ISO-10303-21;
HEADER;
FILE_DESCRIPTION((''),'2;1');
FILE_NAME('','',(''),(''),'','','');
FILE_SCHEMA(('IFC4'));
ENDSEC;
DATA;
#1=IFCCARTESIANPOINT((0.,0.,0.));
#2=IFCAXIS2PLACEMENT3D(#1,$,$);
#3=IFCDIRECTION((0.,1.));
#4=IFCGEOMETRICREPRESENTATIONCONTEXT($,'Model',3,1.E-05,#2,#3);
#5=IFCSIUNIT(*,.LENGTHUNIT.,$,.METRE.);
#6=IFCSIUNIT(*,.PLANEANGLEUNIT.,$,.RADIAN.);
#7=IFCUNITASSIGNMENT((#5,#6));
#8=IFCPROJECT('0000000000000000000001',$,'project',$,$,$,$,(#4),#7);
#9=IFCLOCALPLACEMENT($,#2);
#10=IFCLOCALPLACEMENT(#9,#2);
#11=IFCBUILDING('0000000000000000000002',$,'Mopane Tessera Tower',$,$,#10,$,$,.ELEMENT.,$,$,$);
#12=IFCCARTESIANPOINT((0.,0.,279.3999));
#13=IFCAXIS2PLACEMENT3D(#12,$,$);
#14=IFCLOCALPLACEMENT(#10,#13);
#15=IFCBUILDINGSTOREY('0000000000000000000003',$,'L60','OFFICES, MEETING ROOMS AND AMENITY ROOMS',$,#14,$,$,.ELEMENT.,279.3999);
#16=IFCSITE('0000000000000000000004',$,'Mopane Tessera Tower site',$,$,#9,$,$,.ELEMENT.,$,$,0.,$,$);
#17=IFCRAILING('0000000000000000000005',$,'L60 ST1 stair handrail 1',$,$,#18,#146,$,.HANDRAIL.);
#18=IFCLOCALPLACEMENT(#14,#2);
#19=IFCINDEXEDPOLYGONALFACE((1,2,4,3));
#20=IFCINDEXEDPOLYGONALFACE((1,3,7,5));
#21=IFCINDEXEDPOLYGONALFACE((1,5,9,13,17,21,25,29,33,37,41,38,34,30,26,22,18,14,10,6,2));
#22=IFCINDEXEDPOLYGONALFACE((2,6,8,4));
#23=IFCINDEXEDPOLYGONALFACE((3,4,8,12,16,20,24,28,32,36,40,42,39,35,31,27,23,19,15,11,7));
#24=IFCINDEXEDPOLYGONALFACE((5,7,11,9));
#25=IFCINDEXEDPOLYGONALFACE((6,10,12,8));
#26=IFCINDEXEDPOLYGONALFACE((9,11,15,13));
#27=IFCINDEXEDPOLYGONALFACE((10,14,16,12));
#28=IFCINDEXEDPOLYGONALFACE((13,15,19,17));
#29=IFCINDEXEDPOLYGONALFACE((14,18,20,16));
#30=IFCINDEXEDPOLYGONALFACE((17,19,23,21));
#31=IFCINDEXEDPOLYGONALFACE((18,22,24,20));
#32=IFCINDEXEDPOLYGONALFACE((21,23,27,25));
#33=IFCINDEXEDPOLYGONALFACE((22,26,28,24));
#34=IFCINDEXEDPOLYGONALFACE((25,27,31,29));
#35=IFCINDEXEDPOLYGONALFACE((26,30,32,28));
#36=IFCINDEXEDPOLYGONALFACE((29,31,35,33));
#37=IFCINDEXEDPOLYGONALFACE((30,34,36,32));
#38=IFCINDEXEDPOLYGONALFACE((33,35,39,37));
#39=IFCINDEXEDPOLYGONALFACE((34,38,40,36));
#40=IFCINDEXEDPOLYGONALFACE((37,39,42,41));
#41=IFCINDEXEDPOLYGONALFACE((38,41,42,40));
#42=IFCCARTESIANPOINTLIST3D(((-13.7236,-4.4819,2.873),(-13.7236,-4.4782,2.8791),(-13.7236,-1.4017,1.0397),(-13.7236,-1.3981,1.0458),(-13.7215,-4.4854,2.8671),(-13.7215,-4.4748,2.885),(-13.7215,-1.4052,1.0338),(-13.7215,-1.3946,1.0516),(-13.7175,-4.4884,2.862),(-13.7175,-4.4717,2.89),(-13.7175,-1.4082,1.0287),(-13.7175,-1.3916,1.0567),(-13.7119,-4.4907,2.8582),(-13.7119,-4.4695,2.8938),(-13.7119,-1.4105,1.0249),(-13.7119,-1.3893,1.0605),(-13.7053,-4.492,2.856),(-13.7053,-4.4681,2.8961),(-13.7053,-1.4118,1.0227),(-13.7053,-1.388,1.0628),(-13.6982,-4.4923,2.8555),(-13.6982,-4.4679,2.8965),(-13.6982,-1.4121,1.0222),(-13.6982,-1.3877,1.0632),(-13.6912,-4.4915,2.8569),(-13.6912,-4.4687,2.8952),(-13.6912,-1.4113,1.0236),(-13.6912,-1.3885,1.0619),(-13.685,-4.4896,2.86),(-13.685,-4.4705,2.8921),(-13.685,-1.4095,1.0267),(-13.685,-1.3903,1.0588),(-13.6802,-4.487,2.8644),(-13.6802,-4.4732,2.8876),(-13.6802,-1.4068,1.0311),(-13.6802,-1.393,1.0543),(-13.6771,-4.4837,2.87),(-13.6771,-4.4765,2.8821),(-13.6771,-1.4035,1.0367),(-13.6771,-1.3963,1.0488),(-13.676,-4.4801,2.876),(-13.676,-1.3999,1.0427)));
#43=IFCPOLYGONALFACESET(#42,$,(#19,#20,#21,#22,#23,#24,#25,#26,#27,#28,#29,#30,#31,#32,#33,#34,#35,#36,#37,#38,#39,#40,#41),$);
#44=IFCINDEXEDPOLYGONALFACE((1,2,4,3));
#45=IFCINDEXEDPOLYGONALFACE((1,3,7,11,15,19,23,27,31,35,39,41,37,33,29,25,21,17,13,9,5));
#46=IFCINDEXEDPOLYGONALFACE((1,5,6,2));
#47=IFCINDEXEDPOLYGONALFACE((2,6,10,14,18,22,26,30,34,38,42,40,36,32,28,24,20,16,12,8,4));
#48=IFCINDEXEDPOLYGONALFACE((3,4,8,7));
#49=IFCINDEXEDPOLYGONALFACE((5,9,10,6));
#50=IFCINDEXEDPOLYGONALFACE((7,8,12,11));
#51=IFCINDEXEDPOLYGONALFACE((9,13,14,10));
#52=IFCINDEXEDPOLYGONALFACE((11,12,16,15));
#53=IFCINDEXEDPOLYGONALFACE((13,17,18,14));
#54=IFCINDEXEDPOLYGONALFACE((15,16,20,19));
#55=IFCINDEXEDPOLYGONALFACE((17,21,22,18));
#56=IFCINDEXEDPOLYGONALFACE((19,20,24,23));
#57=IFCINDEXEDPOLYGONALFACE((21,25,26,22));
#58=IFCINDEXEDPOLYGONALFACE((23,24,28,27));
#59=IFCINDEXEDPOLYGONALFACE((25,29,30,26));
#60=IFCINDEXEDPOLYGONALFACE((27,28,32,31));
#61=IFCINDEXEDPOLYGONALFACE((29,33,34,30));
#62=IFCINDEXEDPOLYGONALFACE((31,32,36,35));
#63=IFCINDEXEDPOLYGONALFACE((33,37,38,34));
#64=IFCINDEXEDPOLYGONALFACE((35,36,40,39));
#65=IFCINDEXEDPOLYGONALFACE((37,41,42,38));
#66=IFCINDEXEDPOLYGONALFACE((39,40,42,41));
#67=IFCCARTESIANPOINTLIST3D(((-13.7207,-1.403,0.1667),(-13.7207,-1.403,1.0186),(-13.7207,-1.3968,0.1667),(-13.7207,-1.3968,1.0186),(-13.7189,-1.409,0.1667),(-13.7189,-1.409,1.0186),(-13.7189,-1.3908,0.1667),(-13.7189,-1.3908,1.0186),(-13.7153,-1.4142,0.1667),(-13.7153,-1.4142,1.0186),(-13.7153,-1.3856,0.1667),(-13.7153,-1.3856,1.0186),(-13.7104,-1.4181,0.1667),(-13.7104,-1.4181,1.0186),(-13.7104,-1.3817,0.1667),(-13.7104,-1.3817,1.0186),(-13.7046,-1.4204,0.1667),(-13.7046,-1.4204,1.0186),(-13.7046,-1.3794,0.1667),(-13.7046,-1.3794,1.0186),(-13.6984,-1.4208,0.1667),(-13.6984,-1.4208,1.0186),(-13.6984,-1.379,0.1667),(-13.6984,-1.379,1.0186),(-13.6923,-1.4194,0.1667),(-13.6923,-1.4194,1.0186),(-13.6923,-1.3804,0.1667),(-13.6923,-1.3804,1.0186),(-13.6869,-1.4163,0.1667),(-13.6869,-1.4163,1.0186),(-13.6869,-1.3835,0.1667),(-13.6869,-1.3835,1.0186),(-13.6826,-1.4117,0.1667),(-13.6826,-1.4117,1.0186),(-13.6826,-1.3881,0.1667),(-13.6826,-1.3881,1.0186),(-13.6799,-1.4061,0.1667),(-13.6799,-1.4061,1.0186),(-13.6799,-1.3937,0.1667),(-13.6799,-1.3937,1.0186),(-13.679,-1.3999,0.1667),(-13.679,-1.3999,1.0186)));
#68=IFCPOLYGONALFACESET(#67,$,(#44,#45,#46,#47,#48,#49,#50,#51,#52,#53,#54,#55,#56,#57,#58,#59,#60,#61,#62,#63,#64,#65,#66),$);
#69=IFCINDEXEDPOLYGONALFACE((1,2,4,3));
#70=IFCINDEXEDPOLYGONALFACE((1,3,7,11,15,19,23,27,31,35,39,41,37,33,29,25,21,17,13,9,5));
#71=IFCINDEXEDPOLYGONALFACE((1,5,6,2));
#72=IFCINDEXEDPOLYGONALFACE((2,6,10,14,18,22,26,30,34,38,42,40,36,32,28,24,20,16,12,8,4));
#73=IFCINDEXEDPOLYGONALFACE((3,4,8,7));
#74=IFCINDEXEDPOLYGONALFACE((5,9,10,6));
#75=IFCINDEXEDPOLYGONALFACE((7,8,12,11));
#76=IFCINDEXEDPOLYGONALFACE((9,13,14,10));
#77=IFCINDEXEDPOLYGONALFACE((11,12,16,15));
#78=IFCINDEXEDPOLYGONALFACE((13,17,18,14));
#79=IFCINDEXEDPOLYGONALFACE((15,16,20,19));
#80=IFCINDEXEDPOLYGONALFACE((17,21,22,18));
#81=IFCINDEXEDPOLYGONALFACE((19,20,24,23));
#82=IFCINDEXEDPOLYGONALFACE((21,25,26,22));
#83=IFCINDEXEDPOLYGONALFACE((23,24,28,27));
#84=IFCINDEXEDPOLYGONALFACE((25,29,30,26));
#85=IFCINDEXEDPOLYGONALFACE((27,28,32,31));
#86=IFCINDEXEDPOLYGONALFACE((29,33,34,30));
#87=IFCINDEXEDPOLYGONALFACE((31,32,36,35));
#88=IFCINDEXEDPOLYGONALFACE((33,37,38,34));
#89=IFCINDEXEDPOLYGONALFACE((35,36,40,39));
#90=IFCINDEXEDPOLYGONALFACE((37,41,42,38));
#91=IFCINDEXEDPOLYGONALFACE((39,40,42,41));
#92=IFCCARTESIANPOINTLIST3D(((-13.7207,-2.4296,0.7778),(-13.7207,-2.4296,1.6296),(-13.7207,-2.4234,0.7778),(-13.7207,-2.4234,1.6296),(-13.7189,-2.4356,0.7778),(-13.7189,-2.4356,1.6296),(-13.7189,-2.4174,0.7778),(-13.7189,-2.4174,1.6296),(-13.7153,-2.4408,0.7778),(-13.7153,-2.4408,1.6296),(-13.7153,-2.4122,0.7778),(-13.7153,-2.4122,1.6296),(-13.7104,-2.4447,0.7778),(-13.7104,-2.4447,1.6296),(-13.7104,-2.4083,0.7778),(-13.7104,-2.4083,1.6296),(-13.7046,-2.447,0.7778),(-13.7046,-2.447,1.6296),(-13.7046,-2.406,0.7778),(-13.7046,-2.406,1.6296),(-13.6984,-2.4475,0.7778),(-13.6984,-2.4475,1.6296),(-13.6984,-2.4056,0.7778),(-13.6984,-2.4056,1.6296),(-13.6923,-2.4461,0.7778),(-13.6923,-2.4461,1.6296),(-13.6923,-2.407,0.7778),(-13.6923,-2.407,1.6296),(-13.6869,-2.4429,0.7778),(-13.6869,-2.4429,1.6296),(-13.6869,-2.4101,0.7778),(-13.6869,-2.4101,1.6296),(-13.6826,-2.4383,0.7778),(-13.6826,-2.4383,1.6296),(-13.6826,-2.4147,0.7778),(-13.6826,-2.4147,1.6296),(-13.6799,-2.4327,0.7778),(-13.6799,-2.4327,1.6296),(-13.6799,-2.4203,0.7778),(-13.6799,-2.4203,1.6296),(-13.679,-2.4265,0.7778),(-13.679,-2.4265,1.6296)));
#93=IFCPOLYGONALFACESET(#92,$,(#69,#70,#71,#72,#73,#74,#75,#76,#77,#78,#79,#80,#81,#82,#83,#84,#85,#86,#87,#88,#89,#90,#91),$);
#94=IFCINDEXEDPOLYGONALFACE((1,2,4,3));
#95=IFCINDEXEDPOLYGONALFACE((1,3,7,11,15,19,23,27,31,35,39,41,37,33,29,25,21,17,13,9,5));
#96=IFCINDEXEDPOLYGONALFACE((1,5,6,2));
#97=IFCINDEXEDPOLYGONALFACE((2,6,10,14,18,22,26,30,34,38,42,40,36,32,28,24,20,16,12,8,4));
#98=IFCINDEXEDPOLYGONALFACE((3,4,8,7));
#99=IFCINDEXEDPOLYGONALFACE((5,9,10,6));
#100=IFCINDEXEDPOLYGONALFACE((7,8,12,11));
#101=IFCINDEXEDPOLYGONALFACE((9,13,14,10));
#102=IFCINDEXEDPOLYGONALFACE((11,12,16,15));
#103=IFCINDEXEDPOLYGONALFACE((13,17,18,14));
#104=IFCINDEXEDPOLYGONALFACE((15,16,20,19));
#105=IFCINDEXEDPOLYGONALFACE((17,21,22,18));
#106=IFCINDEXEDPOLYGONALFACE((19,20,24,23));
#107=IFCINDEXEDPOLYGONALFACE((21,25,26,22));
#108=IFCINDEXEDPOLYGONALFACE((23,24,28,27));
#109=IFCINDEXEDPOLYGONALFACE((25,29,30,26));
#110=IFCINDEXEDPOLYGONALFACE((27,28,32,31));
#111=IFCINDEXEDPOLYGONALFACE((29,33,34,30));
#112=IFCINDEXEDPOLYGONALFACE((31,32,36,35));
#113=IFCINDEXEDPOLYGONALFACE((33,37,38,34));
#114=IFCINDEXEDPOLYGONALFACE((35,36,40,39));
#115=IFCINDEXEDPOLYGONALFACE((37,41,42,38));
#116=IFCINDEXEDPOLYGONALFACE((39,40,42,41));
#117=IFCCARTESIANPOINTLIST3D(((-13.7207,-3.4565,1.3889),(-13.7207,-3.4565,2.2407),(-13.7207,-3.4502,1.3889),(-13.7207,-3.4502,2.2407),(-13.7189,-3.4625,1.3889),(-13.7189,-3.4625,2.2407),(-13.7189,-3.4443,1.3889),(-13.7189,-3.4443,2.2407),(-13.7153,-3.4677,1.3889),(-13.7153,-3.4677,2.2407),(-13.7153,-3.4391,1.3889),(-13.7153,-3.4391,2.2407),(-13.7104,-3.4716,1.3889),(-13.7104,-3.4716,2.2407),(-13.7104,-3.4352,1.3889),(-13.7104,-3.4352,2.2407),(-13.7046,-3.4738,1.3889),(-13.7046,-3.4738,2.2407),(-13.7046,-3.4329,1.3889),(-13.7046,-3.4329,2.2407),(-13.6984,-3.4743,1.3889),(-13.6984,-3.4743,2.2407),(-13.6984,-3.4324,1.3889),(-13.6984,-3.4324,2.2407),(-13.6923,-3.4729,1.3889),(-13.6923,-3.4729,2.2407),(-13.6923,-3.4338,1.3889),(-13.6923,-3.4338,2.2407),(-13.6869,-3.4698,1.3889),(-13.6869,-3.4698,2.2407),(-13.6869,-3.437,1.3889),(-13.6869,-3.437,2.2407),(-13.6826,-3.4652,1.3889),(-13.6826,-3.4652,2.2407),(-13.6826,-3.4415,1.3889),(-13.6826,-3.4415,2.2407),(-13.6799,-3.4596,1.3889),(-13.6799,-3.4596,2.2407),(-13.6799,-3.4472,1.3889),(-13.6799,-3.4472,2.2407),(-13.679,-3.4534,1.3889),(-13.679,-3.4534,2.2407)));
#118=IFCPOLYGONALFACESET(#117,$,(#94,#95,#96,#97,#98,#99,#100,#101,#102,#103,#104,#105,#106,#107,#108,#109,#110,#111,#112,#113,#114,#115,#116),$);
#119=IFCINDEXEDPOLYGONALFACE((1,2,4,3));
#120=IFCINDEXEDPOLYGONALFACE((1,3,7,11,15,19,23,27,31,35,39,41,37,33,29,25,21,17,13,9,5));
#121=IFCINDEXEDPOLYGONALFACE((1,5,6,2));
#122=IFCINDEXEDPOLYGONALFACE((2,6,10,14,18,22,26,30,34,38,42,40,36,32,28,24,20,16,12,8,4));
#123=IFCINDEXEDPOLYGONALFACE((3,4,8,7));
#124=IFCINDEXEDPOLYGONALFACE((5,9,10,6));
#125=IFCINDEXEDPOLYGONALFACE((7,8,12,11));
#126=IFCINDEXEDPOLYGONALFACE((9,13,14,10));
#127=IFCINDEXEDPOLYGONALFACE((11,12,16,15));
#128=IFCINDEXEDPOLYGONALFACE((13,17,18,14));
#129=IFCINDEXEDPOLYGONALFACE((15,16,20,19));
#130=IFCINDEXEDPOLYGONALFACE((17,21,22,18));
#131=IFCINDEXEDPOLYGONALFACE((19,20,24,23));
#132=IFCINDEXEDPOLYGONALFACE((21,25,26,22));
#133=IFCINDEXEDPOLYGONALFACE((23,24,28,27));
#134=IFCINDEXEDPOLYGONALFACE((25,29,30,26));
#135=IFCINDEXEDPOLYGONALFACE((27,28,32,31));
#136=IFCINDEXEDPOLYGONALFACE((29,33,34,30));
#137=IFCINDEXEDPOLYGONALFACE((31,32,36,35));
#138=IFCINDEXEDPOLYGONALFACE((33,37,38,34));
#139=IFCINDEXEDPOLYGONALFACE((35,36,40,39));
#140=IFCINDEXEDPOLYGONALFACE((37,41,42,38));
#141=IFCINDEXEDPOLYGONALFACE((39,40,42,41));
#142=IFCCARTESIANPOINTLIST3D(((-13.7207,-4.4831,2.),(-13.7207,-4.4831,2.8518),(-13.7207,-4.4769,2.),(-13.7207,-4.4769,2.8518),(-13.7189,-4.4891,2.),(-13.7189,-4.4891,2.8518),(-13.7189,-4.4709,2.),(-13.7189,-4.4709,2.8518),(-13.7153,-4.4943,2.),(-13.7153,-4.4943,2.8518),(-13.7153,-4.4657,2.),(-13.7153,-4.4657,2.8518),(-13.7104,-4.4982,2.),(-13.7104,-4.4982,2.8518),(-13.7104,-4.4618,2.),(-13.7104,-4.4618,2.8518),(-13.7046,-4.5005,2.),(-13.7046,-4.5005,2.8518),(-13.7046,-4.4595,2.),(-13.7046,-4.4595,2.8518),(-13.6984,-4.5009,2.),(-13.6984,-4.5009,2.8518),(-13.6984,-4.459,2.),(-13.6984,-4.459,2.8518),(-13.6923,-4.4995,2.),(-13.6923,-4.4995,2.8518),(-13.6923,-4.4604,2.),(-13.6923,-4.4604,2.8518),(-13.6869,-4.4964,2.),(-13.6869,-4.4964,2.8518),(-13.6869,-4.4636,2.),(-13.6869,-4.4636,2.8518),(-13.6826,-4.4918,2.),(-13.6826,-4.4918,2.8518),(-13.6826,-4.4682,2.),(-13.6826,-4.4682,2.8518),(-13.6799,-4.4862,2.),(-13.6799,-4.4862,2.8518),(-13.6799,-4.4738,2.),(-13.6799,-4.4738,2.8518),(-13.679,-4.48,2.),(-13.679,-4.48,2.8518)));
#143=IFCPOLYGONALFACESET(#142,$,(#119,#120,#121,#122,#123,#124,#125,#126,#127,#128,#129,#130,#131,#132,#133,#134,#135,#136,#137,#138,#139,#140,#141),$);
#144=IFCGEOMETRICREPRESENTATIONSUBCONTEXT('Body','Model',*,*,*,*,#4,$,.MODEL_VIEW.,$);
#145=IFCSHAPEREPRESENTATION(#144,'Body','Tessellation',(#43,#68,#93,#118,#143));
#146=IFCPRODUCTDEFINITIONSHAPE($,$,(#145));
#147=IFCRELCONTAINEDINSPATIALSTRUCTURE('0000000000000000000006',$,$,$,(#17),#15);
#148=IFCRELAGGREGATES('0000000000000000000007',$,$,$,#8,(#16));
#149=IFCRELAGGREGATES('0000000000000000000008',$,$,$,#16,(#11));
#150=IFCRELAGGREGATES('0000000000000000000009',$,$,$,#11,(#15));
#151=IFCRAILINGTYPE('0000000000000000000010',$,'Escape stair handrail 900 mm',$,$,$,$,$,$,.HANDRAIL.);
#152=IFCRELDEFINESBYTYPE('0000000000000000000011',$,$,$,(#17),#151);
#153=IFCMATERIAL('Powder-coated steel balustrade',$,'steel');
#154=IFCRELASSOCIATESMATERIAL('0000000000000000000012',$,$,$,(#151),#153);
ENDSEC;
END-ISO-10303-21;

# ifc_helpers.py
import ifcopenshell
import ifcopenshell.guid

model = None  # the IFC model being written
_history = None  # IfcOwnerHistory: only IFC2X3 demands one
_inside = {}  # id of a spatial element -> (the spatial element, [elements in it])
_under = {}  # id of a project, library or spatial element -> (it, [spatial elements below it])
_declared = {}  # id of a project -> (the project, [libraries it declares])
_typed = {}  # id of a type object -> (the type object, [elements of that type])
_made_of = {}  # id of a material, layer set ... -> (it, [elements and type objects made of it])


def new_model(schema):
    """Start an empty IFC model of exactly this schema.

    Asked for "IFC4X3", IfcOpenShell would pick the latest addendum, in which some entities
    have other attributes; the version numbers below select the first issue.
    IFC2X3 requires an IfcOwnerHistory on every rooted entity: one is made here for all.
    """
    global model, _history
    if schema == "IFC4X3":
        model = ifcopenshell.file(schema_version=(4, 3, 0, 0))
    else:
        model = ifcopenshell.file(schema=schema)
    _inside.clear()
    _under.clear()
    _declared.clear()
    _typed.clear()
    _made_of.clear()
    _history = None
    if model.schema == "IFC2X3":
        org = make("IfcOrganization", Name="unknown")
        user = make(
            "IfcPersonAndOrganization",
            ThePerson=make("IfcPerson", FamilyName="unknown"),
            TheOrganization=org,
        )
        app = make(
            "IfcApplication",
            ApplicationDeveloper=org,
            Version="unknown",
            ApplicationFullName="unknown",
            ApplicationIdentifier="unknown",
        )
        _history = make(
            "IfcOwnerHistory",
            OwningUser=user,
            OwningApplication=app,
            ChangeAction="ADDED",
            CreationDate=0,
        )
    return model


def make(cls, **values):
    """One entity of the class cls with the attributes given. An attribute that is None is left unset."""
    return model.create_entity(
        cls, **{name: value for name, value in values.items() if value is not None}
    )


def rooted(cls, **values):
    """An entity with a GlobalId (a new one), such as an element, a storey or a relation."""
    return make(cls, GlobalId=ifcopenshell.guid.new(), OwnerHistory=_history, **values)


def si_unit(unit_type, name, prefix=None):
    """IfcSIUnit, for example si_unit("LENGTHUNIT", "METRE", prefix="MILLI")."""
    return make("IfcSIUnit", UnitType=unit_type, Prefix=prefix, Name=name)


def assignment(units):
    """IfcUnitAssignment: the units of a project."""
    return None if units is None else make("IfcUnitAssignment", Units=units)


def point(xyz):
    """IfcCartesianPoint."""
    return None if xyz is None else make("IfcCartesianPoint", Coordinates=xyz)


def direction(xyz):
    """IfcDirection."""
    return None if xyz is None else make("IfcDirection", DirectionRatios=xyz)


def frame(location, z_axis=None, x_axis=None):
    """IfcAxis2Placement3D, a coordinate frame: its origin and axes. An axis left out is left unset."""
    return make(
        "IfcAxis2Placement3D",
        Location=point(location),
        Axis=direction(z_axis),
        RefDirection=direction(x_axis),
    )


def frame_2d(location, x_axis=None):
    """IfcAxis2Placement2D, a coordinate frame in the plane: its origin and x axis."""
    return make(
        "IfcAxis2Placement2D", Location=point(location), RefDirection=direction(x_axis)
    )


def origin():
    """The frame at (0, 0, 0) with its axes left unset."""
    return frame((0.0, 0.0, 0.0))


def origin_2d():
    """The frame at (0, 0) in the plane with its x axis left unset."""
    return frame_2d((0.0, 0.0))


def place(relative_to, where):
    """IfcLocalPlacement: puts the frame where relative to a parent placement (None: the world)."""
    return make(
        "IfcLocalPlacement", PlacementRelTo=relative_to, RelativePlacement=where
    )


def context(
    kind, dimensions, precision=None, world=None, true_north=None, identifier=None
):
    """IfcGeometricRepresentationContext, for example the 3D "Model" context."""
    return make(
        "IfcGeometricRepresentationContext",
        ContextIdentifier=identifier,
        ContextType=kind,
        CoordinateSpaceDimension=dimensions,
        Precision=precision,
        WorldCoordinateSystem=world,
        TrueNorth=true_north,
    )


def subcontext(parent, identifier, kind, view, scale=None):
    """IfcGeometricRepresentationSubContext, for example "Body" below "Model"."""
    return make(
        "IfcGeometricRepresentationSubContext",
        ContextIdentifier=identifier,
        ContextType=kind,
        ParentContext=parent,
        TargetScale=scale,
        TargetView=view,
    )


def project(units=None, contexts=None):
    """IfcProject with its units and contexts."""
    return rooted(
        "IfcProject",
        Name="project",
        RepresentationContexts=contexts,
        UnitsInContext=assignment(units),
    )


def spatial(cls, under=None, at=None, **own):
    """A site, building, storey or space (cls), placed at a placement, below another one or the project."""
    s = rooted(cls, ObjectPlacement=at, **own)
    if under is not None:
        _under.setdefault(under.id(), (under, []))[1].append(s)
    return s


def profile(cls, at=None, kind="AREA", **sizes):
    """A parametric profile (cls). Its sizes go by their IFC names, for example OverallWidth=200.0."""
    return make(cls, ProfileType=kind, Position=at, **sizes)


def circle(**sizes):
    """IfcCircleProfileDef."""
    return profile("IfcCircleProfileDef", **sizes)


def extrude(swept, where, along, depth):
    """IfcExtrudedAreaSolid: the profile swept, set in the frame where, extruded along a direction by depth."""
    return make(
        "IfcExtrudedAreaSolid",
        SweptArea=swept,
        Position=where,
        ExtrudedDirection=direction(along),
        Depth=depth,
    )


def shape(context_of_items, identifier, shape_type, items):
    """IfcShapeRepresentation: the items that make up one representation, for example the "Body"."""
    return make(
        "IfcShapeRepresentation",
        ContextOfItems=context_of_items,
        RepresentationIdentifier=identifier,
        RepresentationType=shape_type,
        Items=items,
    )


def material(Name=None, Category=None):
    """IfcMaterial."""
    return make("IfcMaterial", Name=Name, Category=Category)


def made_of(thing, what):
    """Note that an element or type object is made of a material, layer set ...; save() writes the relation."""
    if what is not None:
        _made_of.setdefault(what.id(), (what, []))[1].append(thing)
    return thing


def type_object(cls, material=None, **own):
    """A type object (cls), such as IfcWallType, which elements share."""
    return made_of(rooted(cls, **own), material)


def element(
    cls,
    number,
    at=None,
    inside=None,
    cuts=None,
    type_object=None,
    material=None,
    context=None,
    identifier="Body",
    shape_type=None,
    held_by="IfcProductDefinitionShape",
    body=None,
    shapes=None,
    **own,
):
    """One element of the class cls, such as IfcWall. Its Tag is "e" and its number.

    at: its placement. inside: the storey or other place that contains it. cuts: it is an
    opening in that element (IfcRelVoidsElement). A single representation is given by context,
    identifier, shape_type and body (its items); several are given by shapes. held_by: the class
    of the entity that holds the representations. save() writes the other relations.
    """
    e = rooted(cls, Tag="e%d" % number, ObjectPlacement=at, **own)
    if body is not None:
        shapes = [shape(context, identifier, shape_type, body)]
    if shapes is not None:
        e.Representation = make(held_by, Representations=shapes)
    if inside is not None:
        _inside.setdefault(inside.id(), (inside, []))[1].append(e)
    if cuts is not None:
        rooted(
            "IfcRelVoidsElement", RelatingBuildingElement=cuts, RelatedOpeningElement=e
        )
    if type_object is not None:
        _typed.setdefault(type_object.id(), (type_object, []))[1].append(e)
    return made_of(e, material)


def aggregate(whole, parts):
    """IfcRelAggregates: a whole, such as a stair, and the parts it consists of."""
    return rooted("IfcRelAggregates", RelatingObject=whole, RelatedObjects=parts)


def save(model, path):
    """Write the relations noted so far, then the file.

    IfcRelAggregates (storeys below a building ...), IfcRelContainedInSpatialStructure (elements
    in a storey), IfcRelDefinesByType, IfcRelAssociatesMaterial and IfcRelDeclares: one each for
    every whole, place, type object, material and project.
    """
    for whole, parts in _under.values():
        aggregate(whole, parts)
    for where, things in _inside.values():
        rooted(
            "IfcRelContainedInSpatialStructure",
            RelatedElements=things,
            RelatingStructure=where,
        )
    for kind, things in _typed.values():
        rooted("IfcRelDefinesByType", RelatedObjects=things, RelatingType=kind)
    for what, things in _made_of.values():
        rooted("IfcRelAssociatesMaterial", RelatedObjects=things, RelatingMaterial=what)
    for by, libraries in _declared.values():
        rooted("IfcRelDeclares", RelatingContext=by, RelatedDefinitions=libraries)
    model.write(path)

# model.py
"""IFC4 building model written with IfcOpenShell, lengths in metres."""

from ifc_helpers import new_model, si_unit, direction, frame, origin, origin_2d, place, context, subcontext, project, spatial, circle, extrude, material, type_object, element, save


model = new_model("IFC4")

# Units and contexts
model_context = context("Model", 3, precision=1e-05, world=origin(), true_north=direction((0.0, 1.0)))
body_context = subcontext(model_context, "Body", "Model", "MODEL_VIEW")
ifc_project = project(units=[si_unit("LENGTHUNIT", "METRE"), si_unit("PLANEANGLEUNIT", "RADIAN")], contexts=[model_context])

# Site, building, storey
site_placement = place(None, origin())
site = spatial("IfcSite", under=ifc_project, at=site_placement, Name="Mopane Tessera Tower site", CompositionType="ELEMENT", RefElevation=0.0)
building_placement = place(site_placement, origin())
building = spatial("IfcBuilding", under=site, at=building_placement, Name="Mopane Tessera Tower", CompositionType="ELEMENT")
storey_placement = place(building_placement, frame((0.0, 0.0, 279.3999)))
storey = spatial("IfcBuildingStorey", under=building, at=storey_placement, Name="L60", Description="OFFICES, MEETING ROOMS AND AMENITY ROOMS", CompositionType="ELEMENT", Elevation=279.3999)

# Railing
ifc_material_1 = material(Name="Powder-coated steel balustrade", Category="steel")
railing_type_1 = type_object("IfcRailingType", Name="Escape stair handrail 900 mm", PredefinedType="HANDRAIL", material=ifc_material_1)
railing_1_placement = place(storey_placement, frame((-13.7, -1.3999, 0.1667)))
element("IfcRailing", 1, at=railing_1_placement, inside=storey, type_object=railing_type_1, Name="L60 ST1 stair handrail 1", PredefinedType="HANDRAIL", context=body_context, shape_type="SweptSolid", body=[
    extrude(circle(Radius=0.0239, at=origin_2d()), frame((0.0, 0.0, 0.876), z_axis=(0.0, -0.859309, 0.511458), x_axis=(1.0, 0.0, 0.0)), (0.0, 0.0, 1.0), 3.5845),
    extrude(circle(Radius=0.021, at=origin_2d()), origin(), (0.0, 0.0, 1.0), 0.8518),
    extrude(circle(Radius=0.021, at=origin_2d()), frame((0.0, -1.0266, 0.6111)), (0.0, 0.0, 1.0), 0.8518),
    extrude(circle(Radius=0.021, at=origin_2d()), frame((0.0, -2.0535, 1.2222)), (0.0, 0.0, 1.0), 0.8518),
    extrude(circle(Radius=0.021, at=origin_2d()), frame((0.0, -3.0801, 1.8333)), (0.0, 0.0, 1.0), 0.8518),
])

save(model, "model.ifc")
